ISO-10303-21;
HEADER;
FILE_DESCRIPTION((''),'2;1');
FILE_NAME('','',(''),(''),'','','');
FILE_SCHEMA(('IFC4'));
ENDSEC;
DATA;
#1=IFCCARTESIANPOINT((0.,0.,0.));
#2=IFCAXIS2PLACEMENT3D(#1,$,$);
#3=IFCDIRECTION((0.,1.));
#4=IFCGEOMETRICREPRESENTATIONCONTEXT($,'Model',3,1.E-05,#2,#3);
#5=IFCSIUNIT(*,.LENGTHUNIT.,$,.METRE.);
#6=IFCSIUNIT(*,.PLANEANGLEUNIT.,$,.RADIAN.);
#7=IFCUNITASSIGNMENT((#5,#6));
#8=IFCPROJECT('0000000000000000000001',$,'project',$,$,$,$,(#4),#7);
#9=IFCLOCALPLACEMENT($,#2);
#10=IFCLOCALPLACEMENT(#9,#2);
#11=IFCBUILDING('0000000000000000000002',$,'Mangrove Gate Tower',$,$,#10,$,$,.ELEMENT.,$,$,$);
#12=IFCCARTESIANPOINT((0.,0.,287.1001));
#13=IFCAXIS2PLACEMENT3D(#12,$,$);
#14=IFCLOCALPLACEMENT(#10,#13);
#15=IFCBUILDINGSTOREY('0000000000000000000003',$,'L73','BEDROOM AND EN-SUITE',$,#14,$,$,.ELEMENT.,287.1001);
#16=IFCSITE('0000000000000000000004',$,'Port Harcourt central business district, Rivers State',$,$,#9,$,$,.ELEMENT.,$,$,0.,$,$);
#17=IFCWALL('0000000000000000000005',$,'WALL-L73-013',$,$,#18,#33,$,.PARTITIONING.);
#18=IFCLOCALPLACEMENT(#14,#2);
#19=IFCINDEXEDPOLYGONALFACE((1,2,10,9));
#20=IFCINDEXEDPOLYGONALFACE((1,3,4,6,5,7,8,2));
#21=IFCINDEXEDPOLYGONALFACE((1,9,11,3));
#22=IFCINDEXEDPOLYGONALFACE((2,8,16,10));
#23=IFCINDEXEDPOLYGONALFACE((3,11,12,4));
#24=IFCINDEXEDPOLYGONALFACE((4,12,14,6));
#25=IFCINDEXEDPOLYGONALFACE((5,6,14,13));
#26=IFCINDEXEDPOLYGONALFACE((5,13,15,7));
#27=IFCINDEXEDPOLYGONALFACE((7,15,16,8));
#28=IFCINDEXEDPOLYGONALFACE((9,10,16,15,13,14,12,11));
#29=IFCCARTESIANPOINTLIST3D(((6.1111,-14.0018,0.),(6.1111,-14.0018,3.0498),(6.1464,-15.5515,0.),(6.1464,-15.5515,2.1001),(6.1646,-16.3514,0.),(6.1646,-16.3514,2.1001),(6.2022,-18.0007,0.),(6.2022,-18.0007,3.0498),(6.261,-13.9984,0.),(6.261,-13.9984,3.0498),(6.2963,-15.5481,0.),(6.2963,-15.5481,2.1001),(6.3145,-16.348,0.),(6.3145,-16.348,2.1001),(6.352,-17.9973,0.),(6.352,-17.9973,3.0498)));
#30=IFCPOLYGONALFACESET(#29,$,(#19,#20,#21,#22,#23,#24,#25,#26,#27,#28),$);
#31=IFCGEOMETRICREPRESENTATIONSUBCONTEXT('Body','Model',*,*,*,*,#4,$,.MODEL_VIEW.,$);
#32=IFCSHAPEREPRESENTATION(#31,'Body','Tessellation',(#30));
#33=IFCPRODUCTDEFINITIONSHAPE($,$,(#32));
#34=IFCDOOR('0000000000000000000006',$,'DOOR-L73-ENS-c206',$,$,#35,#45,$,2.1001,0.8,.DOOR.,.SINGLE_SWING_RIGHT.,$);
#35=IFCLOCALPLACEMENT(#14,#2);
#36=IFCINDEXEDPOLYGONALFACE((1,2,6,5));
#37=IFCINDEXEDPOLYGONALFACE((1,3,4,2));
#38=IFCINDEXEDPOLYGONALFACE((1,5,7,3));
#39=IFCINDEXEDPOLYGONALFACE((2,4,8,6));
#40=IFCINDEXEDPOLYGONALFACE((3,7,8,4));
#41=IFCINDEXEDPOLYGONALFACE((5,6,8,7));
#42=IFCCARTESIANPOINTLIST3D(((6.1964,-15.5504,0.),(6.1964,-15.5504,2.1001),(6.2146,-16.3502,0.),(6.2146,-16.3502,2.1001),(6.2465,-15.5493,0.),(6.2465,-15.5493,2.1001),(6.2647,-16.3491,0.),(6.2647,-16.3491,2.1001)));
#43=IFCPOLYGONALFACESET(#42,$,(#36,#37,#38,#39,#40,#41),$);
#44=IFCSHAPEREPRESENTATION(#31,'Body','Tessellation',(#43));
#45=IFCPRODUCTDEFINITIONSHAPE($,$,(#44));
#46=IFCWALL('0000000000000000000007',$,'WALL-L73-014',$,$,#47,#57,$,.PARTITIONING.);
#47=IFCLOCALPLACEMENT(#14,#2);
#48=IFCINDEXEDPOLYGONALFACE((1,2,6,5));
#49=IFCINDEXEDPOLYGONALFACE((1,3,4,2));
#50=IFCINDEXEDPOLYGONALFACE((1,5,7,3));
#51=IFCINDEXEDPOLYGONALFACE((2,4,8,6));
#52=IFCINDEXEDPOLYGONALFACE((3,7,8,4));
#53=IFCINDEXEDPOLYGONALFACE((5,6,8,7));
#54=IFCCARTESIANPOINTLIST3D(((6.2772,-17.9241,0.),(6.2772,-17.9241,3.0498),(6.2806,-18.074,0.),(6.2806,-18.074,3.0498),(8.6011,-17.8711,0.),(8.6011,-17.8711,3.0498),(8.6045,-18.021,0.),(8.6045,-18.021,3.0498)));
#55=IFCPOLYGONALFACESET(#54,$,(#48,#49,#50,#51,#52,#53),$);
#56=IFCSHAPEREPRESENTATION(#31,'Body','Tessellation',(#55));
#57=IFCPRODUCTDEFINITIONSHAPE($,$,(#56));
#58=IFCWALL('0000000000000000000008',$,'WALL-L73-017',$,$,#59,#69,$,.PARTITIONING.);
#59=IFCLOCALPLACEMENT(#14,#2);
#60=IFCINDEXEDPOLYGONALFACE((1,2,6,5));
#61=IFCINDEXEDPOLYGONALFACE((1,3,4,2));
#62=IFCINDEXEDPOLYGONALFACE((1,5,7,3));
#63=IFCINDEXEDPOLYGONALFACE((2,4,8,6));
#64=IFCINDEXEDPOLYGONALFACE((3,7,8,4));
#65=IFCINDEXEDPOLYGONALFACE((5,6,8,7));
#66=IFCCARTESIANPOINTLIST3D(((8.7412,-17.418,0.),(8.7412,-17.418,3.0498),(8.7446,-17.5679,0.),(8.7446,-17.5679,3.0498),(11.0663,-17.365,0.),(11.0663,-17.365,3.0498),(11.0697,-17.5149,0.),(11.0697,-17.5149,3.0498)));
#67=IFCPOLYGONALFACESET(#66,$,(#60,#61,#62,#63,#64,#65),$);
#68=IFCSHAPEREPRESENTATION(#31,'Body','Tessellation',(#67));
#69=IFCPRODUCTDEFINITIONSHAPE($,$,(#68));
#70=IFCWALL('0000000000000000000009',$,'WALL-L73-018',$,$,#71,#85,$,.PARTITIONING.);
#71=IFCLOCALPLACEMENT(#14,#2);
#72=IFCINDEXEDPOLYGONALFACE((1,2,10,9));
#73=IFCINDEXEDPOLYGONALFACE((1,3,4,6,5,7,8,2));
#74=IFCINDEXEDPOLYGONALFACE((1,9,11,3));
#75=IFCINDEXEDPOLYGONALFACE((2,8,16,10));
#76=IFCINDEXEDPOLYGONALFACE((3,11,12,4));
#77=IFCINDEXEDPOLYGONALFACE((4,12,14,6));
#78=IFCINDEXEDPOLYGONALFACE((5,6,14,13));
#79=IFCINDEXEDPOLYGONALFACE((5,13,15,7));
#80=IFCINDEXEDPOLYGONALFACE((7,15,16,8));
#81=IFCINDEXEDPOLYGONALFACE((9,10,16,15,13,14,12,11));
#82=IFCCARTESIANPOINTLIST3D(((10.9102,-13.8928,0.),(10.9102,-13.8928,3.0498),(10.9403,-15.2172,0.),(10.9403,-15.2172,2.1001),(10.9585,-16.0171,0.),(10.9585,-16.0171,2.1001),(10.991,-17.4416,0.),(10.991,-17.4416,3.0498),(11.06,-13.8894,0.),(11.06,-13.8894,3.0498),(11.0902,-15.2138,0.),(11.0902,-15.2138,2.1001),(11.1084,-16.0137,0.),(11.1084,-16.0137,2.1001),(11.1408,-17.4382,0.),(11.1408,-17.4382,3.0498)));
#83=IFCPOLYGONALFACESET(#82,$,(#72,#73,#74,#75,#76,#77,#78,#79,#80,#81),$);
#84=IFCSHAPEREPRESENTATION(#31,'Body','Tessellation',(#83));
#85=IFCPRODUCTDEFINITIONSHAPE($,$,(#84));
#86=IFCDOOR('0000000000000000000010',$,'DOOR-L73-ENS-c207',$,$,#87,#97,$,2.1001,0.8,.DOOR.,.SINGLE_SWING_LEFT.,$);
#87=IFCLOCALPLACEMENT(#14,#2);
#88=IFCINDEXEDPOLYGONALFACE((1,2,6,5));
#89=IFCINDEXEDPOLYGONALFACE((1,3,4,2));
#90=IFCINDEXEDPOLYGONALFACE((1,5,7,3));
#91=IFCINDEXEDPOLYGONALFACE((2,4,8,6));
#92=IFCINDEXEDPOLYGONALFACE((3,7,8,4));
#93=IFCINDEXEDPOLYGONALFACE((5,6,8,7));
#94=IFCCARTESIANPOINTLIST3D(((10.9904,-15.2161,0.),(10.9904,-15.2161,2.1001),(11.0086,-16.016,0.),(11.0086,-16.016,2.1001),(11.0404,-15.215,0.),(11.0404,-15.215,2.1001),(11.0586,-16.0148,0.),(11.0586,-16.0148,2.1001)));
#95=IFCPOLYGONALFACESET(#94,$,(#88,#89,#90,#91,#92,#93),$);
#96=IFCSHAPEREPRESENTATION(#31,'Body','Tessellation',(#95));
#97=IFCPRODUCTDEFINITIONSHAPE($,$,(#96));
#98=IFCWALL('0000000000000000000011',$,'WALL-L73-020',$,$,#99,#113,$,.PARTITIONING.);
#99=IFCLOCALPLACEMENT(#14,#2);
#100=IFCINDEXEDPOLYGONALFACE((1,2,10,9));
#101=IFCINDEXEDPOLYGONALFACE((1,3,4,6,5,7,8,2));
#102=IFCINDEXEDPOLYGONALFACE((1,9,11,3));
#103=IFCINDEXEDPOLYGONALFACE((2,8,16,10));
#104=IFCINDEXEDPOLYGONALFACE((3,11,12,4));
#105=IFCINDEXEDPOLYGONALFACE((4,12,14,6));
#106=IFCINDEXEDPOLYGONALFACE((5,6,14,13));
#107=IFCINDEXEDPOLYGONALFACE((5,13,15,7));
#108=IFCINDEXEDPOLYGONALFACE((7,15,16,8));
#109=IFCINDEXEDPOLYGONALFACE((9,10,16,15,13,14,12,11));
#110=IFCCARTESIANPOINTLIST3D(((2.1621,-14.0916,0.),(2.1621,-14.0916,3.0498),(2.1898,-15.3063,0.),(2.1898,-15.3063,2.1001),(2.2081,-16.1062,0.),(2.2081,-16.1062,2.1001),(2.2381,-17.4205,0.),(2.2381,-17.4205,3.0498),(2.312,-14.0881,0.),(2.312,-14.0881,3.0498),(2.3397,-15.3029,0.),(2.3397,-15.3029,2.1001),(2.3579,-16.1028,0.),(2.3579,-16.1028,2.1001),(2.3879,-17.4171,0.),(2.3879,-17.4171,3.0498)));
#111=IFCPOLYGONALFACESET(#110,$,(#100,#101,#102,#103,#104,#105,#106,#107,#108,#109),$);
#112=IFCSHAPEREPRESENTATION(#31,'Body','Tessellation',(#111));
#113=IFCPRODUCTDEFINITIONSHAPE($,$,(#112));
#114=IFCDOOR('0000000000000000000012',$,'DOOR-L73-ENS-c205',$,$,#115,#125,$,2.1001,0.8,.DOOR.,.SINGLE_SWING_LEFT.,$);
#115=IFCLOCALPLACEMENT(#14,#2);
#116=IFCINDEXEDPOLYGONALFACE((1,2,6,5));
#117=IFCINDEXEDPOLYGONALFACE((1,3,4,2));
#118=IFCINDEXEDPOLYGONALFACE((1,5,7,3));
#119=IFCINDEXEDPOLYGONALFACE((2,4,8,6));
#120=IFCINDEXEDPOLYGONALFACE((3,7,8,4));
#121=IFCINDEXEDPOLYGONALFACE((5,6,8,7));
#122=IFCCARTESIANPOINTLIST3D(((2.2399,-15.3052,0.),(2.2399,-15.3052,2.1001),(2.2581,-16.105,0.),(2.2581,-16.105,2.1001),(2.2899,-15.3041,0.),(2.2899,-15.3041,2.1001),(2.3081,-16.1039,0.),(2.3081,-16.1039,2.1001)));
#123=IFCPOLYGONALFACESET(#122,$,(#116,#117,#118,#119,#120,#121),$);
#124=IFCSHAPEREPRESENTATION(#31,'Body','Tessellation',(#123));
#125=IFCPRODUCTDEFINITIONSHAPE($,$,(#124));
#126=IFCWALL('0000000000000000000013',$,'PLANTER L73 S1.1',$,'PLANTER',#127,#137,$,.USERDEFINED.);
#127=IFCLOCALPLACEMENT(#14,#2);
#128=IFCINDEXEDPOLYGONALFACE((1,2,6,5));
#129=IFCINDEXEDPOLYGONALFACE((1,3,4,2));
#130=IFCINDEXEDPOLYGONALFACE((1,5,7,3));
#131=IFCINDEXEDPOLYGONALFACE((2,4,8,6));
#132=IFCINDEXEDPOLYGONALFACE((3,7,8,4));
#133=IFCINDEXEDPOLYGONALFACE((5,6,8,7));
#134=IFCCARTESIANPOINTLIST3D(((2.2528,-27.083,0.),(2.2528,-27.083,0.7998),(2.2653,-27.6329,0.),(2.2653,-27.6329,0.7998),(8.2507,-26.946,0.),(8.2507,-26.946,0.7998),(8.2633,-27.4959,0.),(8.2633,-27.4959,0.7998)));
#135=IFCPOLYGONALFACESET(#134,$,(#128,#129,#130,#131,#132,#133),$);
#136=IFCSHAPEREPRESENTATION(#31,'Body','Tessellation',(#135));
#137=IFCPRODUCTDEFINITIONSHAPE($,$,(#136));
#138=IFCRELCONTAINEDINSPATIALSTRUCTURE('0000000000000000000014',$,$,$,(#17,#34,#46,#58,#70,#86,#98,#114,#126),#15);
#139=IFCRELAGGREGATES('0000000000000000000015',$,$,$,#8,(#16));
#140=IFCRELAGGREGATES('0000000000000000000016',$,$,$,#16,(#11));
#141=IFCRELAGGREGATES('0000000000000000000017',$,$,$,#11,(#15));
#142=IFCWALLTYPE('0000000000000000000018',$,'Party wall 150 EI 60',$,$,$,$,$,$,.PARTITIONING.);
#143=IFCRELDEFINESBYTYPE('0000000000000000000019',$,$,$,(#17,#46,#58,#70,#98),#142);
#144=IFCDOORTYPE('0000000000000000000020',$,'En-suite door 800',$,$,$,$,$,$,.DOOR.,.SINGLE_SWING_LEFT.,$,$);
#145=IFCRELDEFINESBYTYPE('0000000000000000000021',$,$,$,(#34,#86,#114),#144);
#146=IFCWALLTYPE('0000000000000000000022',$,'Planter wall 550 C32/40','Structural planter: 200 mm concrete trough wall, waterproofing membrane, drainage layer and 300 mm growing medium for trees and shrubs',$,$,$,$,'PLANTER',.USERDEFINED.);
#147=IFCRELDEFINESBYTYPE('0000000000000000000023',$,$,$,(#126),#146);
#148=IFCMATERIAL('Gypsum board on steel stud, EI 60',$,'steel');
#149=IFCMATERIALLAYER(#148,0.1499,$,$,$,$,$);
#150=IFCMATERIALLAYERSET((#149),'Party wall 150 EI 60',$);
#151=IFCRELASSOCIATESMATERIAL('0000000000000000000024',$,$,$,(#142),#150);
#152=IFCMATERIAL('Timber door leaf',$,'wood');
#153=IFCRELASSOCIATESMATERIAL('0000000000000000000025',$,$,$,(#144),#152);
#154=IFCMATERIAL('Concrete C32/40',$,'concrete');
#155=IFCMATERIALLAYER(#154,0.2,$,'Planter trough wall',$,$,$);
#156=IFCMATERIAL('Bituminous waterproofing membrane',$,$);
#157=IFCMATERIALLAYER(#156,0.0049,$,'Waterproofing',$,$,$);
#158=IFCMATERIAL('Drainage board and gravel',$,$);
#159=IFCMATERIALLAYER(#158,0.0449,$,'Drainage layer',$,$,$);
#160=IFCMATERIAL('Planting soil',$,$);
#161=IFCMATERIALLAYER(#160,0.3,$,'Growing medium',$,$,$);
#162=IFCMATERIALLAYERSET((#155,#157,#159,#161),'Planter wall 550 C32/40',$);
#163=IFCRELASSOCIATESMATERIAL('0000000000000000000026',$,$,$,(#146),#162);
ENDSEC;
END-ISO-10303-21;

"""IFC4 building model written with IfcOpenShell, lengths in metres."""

from ifc_helpers import new_model, si_unit, direction, frame, frame_2d, origin, place, context, subcontext, project, spatial, rectangle, extrude, material, layer, layer_set, type_object, element, fill, save


model = new_model("IFC4")

# Units and contexts
model_context = context("Model", 3, precision=1e-05, world=origin(), true_north=direction((0.0, 1.0)))
body_context = subcontext(model_context, "Body", "Model", "MODEL_VIEW")
ifc_project = project(units=[si_unit("LENGTHUNIT", "METRE"), si_unit("PLANEANGLEUNIT", "RADIAN")], contexts=[model_context])

# Site, building, storey
site_placement = place(None, origin())
site = spatial("IfcSite", under=ifc_project, at=site_placement, Name="Port Harcourt central business district, Rivers State", CompositionType="ELEMENT", RefElevation=0.0)
building_placement = place(site_placement, origin())
building = spatial("IfcBuilding", under=site, at=building_placement, Name="Mangrove Gate Tower", CompositionType="ELEMENT")
storey_placement = place(building_placement, frame((0.0, 0.0, 287.1001)))
storey = spatial("IfcBuildingStorey", under=building, at=storey_placement, Name="L73", Description="BEDROOM AND EN-SUITE", CompositionType="ELEMENT", Elevation=287.1001)

# Shared definitions
ifc_material_1 = material(Name="Gypsum board on steel stud, EI 60", Category="steel")
ifc_layer_1 = layer(ifc_material_1, 0.1499)
ifc_layer_set_1 = layer_set([ifc_layer_1], Name="Party wall 150 EI 60")
wall_type_1 = type_object("IfcWallType", Name="Party wall 150 EI 60", PredefinedType="PARTITIONING", material=ifc_layer_set_1)

# Wall, opening, door
wall_1_placement = place(storey_placement, frame((6.2771, -17.999, 0.0), z_axis=(0.0, 0.0, 1.0), x_axis=(-0.022766, 0.999741, 0.0)))
wall_1 = element("IfcWall", 1, at=wall_1_placement, inside=storey, type_object=wall_type_1, Name="WALL-L73-013", PredefinedType="PARTITIONING", context=body_context, shape_type="SweptSolid", body=[
    extrude(rectangle(XDim=4.0, YDim=0.1499, at=frame_2d((2.0, 0.0))), origin(), (0.0, 0.0, 1.0), 3.0498),
])
opening_1_placement = place(wall_1_placement, frame((1.6499, 0.0, 0.0)))
opening_1 = element("IfcOpeningElement", 2, at=opening_1_placement, cuts=wall_1, PredefinedType="OPENING", context=body_context, shape_type="SweptSolid", body=[
    extrude(rectangle(XDim=0.8, YDim=2.1001, at=frame_2d((0.3999, 1.05))), frame((0.0, 0.085, 0.0), z_axis=(0.0, -1.0, 0.0), x_axis=(1.0, 0.0, 0.0)), (0.0, 0.0, 1.0), 0.1699),
])
ifc_material_2 = material(Name="Timber door leaf", Category="wood")
door_type_1 = type_object("IfcDoorType", Name="En-suite door 800", OperationType="SINGLE_SWING_LEFT", PredefinedType="DOOR", material=ifc_material_2)
door_1_placement = place(opening_1_placement, origin())
door_1 = element("IfcDoor", 3, at=door_1_placement, inside=storey, type_object=door_type_1, Name="DOOR-L73-ENS-c206", OperationType="SINGLE_SWING_RIGHT", OverallHeight=2.1001, OverallWidth=0.8, PredefinedType="DOOR", context=body_context, shape_type="SweptSolid", body=[
    extrude(rectangle(XDim=0.8, YDim=2.1001, at=frame_2d((0.3999, 1.05))), frame((0.0, 0.0249, 0.0), z_axis=(0.0, -1.0, 0.0), x_axis=(1.0, 0.0, 0.0)), (0.0, 0.0, 1.0), 0.05),
])
fill(opening_1, door_1)

# Walls
wall_2_placement = place(storey_placement, frame((6.2791, -17.999, 0.0), z_axis=(0.0, 0.0, 1.0), x_axis=(0.99974, 0.022791, 0.0)))
element("IfcWall", 4, at=wall_2_placement, inside=storey, type_object=wall_type_1, Name="WALL-L73-014", PredefinedType="PARTITIONING", context=body_context, shape_type="SweptSolid", body=[
    extrude(rectangle(XDim=2.3245, YDim=0.1499, at=frame_2d((1.1621, 0.0))), origin(), (0.0, 0.0, 1.0), 3.0498),
])
wall_3_placement = place(storey_placement, frame((8.7429, -17.4929, 0.0), z_axis=(0.0, 0.0, 1.0), x_axis=(0.999741, 0.022779, 0.0)))
element("IfcWall", 5, at=wall_3_placement, inside=storey, type_object=wall_type_1, Name="WALL-L73-017", PredefinedType="PARTITIONING", context=body_context, shape_type="SweptSolid", body=[
    extrude(rectangle(XDim=2.3257, YDim=0.1499, at=frame_2d((1.1628, 0.0))), origin(), (0.0, 0.0, 1.0), 3.0498),
])

# Walls, openings, doors
wall_4_placement = place(storey_placement, frame((11.0659, -17.4399, 0.0), z_axis=(0.0, 0.0, 1.0), x_axis=(-0.022765, 0.999741, 0.0)))
wall_4 = element("IfcWall", 6, at=wall_4_placement, inside=storey, type_object=wall_type_1, Name="WALL-L73-018", PredefinedType="PARTITIONING", context=body_context, shape_type="SweptSolid", body=[
    extrude(rectangle(XDim=3.5498, YDim=0.1499, at=frame_2d((1.7749, 0.0))), origin(), (0.0, 0.0, 1.0), 3.0498),
])
opening_2_placement = place(wall_4_placement, frame((1.425, 0.0, 0.0)))
opening_2 = element("IfcOpeningElement", 7, at=opening_2_placement, cuts=wall_4, PredefinedType="OPENING", context=body_context, shape_type="SweptSolid", body=[
    extrude(rectangle(XDim=0.8, YDim=2.1001, at=frame_2d((0.3999, 1.05))), frame((0.0, 0.085, 0.0), z_axis=(0.0, -1.0, 0.0), x_axis=(1.0, 0.0, 0.0)), (0.0, 0.0, 1.0), 0.1699),
])
door_2_placement = place(opening_2_placement, origin())
door_2 = element("IfcDoor", 8, at=door_2_placement, inside=storey, type_object=door_type_1, Name="DOOR-L73-ENS-c207", OperationType="SINGLE_SWING_LEFT", OverallHeight=2.1001, OverallWidth=0.8, PredefinedType="DOOR", context=body_context, shape_type="SweptSolid", body=[
    extrude(rectangle(XDim=0.8, YDim=2.1001, at=frame_2d((0.3999, 1.05))), frame((0.0, 0.0249, 0.0), z_axis=(0.0, -1.0, 0.0), x_axis=(1.0, 0.0, 0.0)), (0.0, 0.0, 1.0), 0.05),
])
fill(opening_2, door_2)
wall_5_placement = place(storey_placement, frame((2.313, -17.4189, 0.0), z_axis=(0.0, 0.0, 1.0), x_axis=(-0.022803, 0.99974, 0.0)))
wall_5 = element("IfcWall", 9, at=wall_5_placement, inside=storey, type_object=wall_type_1, Name="WALL-L73-020", PredefinedType="PARTITIONING", context=body_context, shape_type="SweptSolid", body=[
    extrude(rectangle(XDim=3.3298, YDim=0.1499, at=frame_2d((1.665, 0.0))), origin(), (0.0, 0.0, 1.0), 3.0498),
])
opening_3_placement = place(wall_5_placement, frame((1.3149, 0.0, 0.0)))
opening_3 = element("IfcOpeningElement", 10, at=opening_3_placement, cuts=wall_5, PredefinedType="OPENING", context=body_context, shape_type="SweptSolid", body=[
    extrude(rectangle(XDim=0.8, YDim=2.1001, at=frame_2d((0.3999, 1.05))), frame((0.0, 0.085, 0.0), z_axis=(0.0, -1.0, 0.0), x_axis=(1.0, 0.0, 0.0)), (0.0, 0.0, 1.0), 0.1699),
])
door_3_placement = place(opening_3_placement, origin())
door_3 = element("IfcDoor", 11, at=door_3_placement, inside=storey, type_object=door_type_1, Name="DOOR-L73-ENS-c205", OperationType="SINGLE_SWING_LEFT", OverallHeight=2.1001, OverallWidth=0.8, PredefinedType="DOOR", context=body_context, shape_type="SweptSolid", body=[
    extrude(rectangle(XDim=0.8, YDim=2.1001, at=frame_2d((0.3999, 1.05))), frame((0.0, 0.0249, 0.0), z_axis=(0.0, -1.0, 0.0), x_axis=(1.0, 0.0, 0.0)), (0.0, 0.0, 1.0), 0.05),
])
fill(opening_3, door_3)

# Wall
ifc_material_3 = material(Name="Concrete C32/40", Category="concrete")
ifc_layer_2 = layer(ifc_material_3, 0.2, Name="Planter trough wall")
ifc_material_4 = material(Name="Bituminous waterproofing membrane")
ifc_layer_3 = layer(ifc_material_4, 0.0049, Name="Waterproofing")
ifc_material_5 = material(Name="Drainage board and gravel")
ifc_layer_4 = layer(ifc_material_5, 0.0449, Name="Drainage layer")
ifc_material_6 = material(Name="Planting soil")
ifc_layer_5 = layer(ifc_material_6, 0.3, Name="Growing medium")
ifc_layer_set_2 = layer_set([ifc_layer_2, ifc_layer_3, ifc_layer_4, ifc_layer_5], Name="Planter wall 550 C32/40")
wall_type_2 = type_object("IfcWallType", Name="Planter wall 550 C32/40", Description="Structural planter: 200 mm concrete trough wall, waterproofing membrane, drainage layer and 300 mm growing medium for trees and shrubs", ElementType="PLANTER", PredefinedType="USERDEFINED", material=ifc_layer_set_2)
wall_6_placement = place(storey_placement, frame((2.259, -27.3579, 0.0), z_axis=(0.0, 0.0, 1.0), x_axis=(0.999739, 0.022829, 0.0)))
element("IfcWall", 12, at=wall_6_placement, inside=storey, type_object=wall_type_2, Name="PLANTER L73 S1.1", ObjectType="PLANTER", PredefinedType="USERDEFINED", context=body_context, shape_type="SweptSolid", body=[
    extrude(rectangle(XDim=5.9995, YDim=0.55, at=frame_2d((2.9998, 0.0))), origin(), (0.0, 0.0, 1.0), 0.7998),
])

save(model, "model.ifc")
